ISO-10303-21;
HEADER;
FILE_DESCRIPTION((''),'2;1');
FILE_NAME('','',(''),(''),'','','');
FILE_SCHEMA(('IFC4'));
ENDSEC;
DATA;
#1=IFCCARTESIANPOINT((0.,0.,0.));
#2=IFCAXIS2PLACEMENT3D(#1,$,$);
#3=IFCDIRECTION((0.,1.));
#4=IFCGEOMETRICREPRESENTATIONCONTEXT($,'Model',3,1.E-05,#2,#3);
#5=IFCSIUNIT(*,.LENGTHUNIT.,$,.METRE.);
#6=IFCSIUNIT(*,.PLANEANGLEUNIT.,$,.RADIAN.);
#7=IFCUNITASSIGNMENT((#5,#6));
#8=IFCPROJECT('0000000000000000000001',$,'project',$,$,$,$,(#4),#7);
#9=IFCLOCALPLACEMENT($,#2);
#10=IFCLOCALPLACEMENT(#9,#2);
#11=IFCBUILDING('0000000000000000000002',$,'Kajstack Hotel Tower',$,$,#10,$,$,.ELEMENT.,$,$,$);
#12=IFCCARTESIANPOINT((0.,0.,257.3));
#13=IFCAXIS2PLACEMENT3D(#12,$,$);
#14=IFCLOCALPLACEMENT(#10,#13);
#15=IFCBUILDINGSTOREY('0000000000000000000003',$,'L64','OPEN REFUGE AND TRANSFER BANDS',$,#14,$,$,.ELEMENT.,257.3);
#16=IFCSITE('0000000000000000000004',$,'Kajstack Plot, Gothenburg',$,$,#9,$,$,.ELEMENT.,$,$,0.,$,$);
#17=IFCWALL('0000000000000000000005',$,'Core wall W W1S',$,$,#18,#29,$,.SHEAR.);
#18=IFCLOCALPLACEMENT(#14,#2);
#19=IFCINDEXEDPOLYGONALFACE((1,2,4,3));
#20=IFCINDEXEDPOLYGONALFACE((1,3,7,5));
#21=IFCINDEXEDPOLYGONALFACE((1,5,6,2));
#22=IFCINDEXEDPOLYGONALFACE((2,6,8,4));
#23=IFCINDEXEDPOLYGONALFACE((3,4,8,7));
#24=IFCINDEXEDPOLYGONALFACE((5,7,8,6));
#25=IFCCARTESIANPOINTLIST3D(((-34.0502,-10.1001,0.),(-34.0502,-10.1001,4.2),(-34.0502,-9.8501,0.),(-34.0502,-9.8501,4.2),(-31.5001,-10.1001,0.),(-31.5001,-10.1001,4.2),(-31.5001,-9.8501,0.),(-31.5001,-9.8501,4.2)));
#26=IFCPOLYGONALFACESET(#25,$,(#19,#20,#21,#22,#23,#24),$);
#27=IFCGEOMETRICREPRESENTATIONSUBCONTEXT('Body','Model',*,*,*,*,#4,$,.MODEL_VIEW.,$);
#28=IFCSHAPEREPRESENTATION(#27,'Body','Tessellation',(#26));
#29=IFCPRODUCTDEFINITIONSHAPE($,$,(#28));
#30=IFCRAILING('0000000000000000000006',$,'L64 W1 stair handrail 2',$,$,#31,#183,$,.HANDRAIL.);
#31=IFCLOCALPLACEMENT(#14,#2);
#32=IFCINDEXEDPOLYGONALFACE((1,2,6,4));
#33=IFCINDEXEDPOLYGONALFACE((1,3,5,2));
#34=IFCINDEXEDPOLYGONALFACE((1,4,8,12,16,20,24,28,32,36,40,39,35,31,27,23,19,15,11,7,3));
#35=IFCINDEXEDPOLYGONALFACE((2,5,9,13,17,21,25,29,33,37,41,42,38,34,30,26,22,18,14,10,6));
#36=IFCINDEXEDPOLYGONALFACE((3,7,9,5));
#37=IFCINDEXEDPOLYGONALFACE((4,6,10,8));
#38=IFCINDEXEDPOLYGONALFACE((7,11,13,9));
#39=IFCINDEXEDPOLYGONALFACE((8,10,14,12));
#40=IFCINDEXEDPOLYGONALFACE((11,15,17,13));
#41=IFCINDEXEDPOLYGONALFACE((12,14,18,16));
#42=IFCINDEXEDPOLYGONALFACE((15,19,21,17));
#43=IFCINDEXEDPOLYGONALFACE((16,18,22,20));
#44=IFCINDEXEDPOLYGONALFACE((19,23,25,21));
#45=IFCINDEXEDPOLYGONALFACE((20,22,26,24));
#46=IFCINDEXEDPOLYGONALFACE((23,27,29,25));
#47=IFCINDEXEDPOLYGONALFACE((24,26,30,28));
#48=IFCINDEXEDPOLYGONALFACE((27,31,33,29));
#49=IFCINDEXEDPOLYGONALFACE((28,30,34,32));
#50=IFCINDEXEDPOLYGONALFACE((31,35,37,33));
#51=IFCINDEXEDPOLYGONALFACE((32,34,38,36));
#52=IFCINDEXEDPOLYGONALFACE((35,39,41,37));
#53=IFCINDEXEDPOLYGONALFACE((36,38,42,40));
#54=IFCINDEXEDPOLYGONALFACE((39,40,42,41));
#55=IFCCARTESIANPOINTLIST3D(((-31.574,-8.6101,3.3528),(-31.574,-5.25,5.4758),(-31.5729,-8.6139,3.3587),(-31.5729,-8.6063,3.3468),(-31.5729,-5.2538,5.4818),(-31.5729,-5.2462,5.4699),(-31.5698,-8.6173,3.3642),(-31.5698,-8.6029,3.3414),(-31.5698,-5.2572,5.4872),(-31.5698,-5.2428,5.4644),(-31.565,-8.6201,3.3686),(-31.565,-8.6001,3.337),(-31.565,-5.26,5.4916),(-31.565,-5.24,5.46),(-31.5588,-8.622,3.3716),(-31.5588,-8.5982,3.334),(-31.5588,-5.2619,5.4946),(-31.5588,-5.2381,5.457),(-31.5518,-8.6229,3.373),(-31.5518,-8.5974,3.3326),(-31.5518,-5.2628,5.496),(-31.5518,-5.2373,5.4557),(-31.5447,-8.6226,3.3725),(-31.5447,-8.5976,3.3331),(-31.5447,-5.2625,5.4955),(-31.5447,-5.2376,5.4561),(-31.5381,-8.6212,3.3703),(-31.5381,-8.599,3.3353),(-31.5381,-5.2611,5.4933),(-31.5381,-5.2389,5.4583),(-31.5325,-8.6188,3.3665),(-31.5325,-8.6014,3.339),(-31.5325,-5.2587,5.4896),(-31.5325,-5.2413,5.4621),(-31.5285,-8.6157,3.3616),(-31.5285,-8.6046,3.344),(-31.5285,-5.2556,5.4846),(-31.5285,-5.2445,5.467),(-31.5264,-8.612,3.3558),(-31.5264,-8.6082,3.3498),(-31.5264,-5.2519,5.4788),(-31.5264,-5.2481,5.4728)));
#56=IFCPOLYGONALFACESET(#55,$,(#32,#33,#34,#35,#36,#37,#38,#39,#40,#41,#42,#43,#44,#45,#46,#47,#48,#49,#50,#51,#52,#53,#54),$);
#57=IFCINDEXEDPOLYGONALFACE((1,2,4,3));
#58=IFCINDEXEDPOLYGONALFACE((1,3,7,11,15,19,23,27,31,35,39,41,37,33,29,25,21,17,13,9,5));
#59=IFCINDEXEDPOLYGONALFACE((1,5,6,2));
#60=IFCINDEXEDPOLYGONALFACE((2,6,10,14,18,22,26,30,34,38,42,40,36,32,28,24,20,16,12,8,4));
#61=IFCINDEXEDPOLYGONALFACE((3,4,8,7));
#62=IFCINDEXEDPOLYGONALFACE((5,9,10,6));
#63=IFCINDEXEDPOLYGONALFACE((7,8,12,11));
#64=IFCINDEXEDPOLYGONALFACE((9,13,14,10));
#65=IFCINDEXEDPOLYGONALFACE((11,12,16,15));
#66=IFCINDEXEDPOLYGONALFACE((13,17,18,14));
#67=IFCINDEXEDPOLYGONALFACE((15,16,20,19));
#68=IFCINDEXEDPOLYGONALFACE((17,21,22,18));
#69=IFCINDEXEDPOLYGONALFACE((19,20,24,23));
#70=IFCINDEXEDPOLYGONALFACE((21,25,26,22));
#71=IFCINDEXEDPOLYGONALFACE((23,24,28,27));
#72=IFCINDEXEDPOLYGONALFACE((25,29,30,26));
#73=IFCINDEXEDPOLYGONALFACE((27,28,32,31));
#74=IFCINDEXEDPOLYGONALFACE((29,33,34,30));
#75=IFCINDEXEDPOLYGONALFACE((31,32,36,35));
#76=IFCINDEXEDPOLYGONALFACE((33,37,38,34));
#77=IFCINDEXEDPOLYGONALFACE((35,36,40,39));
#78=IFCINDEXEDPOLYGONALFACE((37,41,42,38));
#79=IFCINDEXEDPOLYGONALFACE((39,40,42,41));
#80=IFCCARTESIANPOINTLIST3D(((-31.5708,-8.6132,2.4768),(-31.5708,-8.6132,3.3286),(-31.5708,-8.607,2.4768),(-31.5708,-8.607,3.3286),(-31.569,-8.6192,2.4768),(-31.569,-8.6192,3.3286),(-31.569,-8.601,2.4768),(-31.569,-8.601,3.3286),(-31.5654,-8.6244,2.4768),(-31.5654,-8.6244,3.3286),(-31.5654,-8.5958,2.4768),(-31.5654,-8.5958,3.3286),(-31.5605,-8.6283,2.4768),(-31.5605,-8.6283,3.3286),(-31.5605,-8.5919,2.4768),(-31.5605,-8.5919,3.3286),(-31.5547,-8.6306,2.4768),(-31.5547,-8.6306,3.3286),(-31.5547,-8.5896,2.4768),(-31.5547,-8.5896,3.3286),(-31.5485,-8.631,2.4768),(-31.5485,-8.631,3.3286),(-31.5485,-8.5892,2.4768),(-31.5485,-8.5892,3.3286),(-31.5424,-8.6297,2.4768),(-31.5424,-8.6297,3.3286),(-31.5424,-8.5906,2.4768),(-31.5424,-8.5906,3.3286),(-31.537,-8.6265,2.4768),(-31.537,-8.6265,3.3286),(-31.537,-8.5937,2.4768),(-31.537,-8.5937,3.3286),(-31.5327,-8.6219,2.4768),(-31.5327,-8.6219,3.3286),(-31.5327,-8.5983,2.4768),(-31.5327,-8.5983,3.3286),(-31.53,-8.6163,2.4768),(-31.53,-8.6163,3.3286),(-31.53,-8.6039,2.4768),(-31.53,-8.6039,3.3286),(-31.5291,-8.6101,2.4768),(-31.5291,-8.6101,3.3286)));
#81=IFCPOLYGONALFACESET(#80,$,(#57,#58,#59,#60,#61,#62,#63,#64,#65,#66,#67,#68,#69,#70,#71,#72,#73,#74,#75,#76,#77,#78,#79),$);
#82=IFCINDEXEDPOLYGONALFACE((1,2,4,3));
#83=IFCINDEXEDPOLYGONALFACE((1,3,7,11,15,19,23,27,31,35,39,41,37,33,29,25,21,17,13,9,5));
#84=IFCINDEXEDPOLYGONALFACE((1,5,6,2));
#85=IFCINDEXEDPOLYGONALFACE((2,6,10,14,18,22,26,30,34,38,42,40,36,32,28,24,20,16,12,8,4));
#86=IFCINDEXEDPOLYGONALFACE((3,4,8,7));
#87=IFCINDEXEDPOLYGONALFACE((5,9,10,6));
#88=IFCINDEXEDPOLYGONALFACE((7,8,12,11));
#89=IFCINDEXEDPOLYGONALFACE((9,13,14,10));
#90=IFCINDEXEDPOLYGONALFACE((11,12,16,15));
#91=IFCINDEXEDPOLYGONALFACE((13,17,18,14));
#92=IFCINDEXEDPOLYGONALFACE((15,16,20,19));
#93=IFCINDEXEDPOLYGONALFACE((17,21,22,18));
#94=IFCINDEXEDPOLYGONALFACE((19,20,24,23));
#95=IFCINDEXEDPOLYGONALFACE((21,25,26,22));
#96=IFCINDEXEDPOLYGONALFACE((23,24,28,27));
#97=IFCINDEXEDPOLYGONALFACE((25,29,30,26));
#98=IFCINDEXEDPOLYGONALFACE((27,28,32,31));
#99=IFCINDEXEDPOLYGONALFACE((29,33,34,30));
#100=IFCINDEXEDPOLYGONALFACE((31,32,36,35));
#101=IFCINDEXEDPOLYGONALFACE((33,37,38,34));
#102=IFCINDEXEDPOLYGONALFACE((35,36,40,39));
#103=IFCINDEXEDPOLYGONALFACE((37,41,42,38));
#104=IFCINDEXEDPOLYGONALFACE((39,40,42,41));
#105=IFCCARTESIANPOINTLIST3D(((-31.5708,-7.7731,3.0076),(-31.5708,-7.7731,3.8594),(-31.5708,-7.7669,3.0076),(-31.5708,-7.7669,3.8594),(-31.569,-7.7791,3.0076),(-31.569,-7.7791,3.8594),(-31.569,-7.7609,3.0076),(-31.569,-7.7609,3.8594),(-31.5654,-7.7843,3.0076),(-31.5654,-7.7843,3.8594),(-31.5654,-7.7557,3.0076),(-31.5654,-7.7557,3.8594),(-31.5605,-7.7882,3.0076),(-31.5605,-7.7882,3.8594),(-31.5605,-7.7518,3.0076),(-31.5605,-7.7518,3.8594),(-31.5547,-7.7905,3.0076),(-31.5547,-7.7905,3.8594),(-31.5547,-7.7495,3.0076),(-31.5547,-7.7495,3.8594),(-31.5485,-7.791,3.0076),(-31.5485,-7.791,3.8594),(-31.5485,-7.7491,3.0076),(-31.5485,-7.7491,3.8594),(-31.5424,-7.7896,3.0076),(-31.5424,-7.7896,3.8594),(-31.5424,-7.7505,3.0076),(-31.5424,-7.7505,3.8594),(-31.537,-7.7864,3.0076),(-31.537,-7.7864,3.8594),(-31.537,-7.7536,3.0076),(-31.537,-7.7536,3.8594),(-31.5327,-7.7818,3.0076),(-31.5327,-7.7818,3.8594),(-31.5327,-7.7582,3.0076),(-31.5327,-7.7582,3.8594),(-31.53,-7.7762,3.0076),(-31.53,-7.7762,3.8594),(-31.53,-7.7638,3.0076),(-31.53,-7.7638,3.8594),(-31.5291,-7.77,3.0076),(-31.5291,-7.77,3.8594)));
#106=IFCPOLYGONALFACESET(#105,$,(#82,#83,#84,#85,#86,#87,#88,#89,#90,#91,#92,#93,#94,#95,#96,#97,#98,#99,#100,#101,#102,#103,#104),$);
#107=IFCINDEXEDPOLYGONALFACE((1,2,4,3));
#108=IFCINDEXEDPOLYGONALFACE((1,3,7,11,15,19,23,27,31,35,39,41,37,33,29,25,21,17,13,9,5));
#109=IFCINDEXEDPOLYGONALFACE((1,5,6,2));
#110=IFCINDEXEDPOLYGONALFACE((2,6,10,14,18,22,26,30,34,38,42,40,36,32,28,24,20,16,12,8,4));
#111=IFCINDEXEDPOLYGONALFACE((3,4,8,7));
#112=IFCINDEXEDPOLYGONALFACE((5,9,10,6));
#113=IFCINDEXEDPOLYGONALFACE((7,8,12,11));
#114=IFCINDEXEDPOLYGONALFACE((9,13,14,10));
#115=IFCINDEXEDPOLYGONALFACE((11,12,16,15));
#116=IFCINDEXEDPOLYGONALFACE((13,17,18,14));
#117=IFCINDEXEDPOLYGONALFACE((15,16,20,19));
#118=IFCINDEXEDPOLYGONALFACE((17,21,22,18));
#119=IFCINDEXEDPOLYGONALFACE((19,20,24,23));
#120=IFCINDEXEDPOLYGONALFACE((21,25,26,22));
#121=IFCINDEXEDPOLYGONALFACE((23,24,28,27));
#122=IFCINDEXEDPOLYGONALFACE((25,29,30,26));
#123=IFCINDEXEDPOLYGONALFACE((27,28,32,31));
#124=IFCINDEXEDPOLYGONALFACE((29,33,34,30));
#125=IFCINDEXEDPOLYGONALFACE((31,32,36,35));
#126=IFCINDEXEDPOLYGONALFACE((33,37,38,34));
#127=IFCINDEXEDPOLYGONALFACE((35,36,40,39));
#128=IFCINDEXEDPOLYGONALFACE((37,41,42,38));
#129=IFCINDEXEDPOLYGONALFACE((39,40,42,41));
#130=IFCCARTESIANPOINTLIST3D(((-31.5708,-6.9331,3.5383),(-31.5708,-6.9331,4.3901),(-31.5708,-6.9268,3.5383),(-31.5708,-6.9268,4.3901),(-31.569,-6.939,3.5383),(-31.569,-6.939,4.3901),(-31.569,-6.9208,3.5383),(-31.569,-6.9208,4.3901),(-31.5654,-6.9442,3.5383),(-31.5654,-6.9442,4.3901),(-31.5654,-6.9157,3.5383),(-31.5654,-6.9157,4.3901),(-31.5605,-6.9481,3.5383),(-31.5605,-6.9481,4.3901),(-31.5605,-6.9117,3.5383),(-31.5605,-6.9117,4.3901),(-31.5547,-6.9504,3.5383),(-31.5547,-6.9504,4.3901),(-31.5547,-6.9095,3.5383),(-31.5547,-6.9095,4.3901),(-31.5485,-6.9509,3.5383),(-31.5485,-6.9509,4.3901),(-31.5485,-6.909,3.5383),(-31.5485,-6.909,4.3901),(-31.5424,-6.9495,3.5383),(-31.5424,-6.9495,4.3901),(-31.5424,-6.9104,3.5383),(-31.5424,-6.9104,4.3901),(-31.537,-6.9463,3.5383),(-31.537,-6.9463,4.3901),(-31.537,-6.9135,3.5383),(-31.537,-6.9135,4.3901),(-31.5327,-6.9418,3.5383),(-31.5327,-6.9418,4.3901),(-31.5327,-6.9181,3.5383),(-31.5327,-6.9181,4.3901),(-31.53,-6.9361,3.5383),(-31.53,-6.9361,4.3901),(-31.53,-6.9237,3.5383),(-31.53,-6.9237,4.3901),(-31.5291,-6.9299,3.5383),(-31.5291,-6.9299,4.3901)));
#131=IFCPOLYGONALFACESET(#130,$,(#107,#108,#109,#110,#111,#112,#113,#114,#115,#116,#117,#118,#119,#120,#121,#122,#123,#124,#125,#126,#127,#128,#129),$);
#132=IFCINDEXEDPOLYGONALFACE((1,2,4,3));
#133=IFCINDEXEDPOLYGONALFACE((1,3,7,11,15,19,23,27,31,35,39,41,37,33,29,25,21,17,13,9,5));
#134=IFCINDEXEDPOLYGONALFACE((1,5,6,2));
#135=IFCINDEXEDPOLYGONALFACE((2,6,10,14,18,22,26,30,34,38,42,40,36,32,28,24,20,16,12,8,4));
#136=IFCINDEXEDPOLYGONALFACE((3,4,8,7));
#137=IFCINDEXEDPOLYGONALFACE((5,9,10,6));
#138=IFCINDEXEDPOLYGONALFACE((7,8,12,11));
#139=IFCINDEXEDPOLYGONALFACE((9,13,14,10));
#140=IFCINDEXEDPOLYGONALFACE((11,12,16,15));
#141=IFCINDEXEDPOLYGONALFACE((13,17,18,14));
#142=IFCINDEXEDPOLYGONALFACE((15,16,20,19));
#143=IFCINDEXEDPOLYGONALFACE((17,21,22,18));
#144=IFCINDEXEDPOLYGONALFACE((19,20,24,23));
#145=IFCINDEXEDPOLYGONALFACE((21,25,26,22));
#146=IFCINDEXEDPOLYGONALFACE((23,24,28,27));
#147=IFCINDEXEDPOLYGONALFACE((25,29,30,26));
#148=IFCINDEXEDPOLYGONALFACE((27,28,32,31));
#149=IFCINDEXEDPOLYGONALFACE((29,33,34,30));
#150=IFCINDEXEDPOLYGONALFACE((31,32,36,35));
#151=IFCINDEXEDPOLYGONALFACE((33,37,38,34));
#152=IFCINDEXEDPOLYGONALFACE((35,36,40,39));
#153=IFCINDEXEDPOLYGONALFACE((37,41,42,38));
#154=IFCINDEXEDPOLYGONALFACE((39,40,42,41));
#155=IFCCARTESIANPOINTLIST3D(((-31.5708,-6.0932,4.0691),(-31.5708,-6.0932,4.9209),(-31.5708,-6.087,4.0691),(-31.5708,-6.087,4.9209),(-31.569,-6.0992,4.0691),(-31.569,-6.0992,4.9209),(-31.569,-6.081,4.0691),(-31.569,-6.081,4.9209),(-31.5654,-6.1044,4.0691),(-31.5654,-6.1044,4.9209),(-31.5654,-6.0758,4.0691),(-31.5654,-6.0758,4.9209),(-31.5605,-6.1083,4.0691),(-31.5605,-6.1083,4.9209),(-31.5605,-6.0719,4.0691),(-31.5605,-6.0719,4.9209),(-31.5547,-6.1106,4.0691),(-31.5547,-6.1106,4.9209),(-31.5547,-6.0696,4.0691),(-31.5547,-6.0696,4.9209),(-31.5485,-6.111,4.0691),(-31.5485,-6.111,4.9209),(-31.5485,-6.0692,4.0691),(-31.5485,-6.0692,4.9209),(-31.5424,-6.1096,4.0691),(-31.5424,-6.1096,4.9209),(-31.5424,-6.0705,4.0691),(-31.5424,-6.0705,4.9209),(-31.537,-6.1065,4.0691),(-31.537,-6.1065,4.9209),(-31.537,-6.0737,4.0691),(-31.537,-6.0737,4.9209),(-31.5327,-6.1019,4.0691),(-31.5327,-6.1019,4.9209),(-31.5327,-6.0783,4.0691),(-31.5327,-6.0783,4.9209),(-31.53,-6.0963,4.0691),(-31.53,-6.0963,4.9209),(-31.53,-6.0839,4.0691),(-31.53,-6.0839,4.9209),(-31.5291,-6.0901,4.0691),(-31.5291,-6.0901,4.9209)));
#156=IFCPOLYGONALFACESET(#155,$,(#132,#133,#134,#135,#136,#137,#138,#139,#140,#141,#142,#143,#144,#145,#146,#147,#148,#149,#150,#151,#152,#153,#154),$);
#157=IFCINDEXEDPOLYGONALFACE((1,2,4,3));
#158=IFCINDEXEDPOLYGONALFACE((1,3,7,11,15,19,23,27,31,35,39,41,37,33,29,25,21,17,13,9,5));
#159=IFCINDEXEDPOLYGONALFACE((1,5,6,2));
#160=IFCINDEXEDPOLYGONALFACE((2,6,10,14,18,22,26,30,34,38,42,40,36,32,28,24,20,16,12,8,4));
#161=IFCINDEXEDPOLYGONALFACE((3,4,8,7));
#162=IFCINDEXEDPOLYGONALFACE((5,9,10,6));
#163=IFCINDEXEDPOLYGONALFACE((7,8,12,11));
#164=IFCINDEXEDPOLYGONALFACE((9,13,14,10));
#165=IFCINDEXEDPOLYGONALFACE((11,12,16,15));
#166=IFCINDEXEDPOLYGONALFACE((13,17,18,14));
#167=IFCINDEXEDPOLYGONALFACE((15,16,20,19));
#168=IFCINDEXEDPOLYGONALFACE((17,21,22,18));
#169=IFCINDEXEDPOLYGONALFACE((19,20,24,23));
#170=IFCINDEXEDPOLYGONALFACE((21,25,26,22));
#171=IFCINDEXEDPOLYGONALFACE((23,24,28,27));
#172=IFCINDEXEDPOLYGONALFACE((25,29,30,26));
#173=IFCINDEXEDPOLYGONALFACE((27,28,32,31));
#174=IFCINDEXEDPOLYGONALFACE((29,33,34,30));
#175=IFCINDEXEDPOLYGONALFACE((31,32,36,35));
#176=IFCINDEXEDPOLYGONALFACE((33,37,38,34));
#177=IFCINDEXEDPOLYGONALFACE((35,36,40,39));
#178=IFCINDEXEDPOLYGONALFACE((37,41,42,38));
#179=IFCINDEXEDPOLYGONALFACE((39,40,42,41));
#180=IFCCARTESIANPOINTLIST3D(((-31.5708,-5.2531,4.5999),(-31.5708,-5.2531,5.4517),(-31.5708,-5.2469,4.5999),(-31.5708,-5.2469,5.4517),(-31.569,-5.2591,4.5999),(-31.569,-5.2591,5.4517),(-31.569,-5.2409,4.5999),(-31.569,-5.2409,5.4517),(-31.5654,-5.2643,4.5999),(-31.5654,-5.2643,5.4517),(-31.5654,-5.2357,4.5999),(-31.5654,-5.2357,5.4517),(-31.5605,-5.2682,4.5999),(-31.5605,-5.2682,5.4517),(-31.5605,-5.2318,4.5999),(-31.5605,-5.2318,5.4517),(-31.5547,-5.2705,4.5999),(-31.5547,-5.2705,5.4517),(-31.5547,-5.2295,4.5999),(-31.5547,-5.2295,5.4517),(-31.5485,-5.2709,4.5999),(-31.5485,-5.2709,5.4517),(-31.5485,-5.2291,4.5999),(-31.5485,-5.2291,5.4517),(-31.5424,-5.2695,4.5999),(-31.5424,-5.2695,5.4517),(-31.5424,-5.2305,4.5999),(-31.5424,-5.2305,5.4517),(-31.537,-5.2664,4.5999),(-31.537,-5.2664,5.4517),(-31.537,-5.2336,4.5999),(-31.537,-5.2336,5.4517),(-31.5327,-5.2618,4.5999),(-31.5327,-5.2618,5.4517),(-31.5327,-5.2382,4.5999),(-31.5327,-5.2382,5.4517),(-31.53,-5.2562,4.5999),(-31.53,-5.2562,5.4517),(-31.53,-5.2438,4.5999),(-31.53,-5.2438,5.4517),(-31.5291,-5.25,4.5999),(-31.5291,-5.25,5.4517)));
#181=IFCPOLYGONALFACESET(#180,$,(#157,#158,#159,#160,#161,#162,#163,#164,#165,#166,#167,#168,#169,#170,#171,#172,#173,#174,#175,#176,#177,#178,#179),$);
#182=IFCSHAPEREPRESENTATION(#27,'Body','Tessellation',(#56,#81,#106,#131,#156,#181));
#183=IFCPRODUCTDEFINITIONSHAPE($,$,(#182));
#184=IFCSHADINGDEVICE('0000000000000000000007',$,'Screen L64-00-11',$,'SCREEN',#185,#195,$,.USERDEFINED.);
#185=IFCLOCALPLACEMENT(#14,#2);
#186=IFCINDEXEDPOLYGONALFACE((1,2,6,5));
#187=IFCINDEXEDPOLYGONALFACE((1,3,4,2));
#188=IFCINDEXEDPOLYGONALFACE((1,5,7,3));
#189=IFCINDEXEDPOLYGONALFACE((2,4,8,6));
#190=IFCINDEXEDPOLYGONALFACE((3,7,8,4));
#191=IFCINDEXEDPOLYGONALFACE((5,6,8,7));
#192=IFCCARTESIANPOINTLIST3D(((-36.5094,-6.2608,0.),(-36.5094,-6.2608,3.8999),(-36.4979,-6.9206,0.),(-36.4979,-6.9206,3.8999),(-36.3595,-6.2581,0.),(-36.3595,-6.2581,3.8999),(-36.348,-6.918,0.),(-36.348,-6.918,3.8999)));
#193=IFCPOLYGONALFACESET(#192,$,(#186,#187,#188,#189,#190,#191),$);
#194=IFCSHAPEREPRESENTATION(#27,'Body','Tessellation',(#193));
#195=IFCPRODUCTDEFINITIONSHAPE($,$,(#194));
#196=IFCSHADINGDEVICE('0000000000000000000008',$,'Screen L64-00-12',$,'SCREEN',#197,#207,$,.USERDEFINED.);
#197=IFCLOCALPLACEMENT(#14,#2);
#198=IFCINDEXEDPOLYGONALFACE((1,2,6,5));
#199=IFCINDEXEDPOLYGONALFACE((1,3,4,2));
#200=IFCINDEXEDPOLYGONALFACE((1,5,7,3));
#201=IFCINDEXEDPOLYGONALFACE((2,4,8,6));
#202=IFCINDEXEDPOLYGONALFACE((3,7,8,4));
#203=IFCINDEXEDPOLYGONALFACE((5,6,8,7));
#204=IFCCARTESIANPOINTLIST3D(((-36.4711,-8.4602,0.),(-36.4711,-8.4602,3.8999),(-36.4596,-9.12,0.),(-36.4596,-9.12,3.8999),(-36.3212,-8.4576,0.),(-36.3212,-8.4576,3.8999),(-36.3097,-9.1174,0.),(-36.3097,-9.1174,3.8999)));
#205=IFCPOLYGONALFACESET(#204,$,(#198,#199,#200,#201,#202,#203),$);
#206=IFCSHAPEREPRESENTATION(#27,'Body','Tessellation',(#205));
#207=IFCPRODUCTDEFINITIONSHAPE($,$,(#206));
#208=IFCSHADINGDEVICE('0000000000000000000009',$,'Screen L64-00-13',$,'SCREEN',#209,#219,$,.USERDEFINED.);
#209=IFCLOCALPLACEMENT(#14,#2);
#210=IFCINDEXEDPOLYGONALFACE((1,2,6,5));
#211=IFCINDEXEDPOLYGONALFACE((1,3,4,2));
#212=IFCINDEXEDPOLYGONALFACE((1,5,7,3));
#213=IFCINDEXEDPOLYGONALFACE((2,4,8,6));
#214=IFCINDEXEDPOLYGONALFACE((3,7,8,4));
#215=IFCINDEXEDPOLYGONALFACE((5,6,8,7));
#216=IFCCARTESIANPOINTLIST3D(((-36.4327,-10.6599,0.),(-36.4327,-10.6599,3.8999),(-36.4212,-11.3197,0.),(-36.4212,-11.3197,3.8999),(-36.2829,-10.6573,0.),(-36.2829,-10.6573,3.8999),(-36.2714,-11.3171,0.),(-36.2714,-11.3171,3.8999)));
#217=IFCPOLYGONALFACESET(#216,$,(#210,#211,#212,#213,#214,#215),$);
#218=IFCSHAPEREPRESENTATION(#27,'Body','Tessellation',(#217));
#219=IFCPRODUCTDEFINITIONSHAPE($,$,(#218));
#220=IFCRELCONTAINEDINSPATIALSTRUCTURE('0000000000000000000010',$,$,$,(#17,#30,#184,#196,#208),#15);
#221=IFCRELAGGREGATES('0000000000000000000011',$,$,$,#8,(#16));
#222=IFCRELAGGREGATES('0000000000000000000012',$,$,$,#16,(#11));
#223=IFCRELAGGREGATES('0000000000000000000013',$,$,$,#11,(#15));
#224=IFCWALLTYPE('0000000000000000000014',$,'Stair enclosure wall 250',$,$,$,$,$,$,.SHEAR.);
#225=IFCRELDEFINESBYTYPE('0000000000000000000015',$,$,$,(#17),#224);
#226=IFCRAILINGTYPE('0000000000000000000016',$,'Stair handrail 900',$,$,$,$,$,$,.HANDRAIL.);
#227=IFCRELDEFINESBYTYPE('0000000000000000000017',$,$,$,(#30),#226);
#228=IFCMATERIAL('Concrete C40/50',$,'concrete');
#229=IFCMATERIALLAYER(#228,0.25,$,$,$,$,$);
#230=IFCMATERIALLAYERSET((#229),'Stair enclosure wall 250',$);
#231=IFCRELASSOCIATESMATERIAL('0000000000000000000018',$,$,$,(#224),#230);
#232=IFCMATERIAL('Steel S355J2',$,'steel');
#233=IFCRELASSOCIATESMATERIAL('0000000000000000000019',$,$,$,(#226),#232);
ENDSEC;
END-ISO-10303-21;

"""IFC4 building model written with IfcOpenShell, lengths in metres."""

from ifc_helpers import new_model, si_unit, direction, frame, frame_2d, origin, origin_2d, place, context, subcontext, project, spatial, rectangle, circle, extrude, material, layer, layer_set, type_object, element, save


model = new_model("IFC4")

# Units and contexts
model_context = context("Model", 3, precision=1e-05, world=origin(), true_north=direction((0.0, 1.0)))
body_context = subcontext(model_context, "Body", "Model", "MODEL_VIEW")
ifc_project = project(units=[si_unit("LENGTHUNIT", "METRE"), si_unit("PLANEANGLEUNIT", "RADIAN")], contexts=[model_context])

# Site, building, storey
site_placement = place(None, origin())
site = spatial("IfcSite", under=ifc_project, at=site_placement, Name="Kajstack Plot, Gothenburg", CompositionType="ELEMENT", RefElevation=0.0)
building_placement = place(site_placement, origin())
building = spatial("IfcBuilding", under=site, at=building_placement, Name="Kajstack Hotel Tower", CompositionType="ELEMENT")
storey_placement = place(building_placement, frame((0.0, 0.0, 257.3)))
storey = spatial("IfcBuildingStorey", under=building, at=storey_placement, Name="L64", Description="OPEN REFUGE AND TRANSFER BANDS", CompositionType="ELEMENT", Elevation=257.3)

# Wall
ifc_material_1 = material(Name="Concrete C40/50", Category="concrete")
ifc_layer_1 = layer(ifc_material_1, 0.25)
ifc_layer_set_1 = layer_set([ifc_layer_1], Name="Stair enclosure wall 250")
wall_type_1 = type_object("IfcWallType", Name="Stair enclosure wall 250", PredefinedType="SHEAR", material=ifc_layer_set_1)
wall_1_placement = place(storey_placement, frame((-34.05, -9.9751, 0.0), z_axis=(0.0, 0.0, 1.0), x_axis=(1.0, 0.0, 0.0)))
element("IfcWall", 1, at=wall_1_placement, inside=storey, type_object=wall_type_1, Name="Core wall W W1S", PredefinedType="SHEAR", context=body_context, shape_type="SweptSolid", body=[
    extrude(rectangle(XDim=2.55, YDim=0.25, at=frame_2d((1.2749, 0.0))), origin(), (0.0, 0.0, 1.0), 4.2),
])

# Railing
ifc_material_2 = material(Name="Steel S355J2", Category="steel")
railing_type_1 = type_object("IfcRailingType", Name="Stair handrail 900", PredefinedType="HANDRAIL", material=ifc_material_2)
railing_1_placement = place(storey_placement, frame((-31.55, -8.6101, 2.4768)))
element("IfcRailing", 2, at=railing_1_placement, inside=storey, type_object=railing_type_1, Name="L64 W1 stair handrail 2", PredefinedType="HANDRAIL", context=body_context, shape_type="SweptSolid", body=[
    extrude(circle(Radius=0.0239, at=origin_2d()), frame((0.0, 0.0, 0.876), z_axis=(0.0, 0.84539, 0.53415), x_axis=(-1.0, 0.0, 0.0)), (0.0, 0.0, 1.0), 3.9746),
    extrude(circle(Radius=0.021, at=origin_2d()), origin(), (0.0, 0.0, 1.0), 0.8518),
    extrude(circle(Radius=0.021, at=origin_2d()), frame((0.0, 0.8401, 0.5308)), (0.0, 0.0, 1.0), 0.8518),
    extrude(circle(Radius=0.021, at=origin_2d()), frame((0.0, 1.6802, 1.0615)), (0.0, 0.0, 1.0), 0.8518),
    extrude(circle(Radius=0.021, at=origin_2d()), frame((0.0, 2.52, 1.5923)), (0.0, 0.0, 1.0), 0.8518),
    extrude(circle(Radius=0.021, at=origin_2d()), frame((0.0, 3.3601, 2.123)), (0.0, 0.0, 1.0), 0.8518),
])

# Shading devices
for number, where, z_axis, x_axis, name in (
    (3, (-36.4287, -6.5894, 0.0), (0.0, 0.0, 1.0), (0.017455, -0.999848, 0.0), "Screen L64-00-11"),
    (4, (-36.3904, -8.7888, 0.0), (0.0, 0.0, 1.0), (0.017455, -0.999848, 0.0), "Screen L64-00-12"),
    (5, (-36.3521, -10.9885, 0.0), (0.0, 0.0, 1.0), (0.017455, -0.999848, 0.0), "Screen L64-00-13"),
):
    element("IfcShadingDevice", number, at=place(storey_placement, frame(where, z_axis=z_axis, x_axis=x_axis)), inside=storey, Name=name, ObjectType="SCREEN", PredefinedType="USERDEFINED", context=body_context, shape_type="SweptSolid", body=[
        extrude(rectangle(XDim=0.6599, YDim=0.1499, at=origin_2d()), origin(), (0.0, 0.0, 1.0), 3.8999),
    ])

save(model, "model.ifc")
